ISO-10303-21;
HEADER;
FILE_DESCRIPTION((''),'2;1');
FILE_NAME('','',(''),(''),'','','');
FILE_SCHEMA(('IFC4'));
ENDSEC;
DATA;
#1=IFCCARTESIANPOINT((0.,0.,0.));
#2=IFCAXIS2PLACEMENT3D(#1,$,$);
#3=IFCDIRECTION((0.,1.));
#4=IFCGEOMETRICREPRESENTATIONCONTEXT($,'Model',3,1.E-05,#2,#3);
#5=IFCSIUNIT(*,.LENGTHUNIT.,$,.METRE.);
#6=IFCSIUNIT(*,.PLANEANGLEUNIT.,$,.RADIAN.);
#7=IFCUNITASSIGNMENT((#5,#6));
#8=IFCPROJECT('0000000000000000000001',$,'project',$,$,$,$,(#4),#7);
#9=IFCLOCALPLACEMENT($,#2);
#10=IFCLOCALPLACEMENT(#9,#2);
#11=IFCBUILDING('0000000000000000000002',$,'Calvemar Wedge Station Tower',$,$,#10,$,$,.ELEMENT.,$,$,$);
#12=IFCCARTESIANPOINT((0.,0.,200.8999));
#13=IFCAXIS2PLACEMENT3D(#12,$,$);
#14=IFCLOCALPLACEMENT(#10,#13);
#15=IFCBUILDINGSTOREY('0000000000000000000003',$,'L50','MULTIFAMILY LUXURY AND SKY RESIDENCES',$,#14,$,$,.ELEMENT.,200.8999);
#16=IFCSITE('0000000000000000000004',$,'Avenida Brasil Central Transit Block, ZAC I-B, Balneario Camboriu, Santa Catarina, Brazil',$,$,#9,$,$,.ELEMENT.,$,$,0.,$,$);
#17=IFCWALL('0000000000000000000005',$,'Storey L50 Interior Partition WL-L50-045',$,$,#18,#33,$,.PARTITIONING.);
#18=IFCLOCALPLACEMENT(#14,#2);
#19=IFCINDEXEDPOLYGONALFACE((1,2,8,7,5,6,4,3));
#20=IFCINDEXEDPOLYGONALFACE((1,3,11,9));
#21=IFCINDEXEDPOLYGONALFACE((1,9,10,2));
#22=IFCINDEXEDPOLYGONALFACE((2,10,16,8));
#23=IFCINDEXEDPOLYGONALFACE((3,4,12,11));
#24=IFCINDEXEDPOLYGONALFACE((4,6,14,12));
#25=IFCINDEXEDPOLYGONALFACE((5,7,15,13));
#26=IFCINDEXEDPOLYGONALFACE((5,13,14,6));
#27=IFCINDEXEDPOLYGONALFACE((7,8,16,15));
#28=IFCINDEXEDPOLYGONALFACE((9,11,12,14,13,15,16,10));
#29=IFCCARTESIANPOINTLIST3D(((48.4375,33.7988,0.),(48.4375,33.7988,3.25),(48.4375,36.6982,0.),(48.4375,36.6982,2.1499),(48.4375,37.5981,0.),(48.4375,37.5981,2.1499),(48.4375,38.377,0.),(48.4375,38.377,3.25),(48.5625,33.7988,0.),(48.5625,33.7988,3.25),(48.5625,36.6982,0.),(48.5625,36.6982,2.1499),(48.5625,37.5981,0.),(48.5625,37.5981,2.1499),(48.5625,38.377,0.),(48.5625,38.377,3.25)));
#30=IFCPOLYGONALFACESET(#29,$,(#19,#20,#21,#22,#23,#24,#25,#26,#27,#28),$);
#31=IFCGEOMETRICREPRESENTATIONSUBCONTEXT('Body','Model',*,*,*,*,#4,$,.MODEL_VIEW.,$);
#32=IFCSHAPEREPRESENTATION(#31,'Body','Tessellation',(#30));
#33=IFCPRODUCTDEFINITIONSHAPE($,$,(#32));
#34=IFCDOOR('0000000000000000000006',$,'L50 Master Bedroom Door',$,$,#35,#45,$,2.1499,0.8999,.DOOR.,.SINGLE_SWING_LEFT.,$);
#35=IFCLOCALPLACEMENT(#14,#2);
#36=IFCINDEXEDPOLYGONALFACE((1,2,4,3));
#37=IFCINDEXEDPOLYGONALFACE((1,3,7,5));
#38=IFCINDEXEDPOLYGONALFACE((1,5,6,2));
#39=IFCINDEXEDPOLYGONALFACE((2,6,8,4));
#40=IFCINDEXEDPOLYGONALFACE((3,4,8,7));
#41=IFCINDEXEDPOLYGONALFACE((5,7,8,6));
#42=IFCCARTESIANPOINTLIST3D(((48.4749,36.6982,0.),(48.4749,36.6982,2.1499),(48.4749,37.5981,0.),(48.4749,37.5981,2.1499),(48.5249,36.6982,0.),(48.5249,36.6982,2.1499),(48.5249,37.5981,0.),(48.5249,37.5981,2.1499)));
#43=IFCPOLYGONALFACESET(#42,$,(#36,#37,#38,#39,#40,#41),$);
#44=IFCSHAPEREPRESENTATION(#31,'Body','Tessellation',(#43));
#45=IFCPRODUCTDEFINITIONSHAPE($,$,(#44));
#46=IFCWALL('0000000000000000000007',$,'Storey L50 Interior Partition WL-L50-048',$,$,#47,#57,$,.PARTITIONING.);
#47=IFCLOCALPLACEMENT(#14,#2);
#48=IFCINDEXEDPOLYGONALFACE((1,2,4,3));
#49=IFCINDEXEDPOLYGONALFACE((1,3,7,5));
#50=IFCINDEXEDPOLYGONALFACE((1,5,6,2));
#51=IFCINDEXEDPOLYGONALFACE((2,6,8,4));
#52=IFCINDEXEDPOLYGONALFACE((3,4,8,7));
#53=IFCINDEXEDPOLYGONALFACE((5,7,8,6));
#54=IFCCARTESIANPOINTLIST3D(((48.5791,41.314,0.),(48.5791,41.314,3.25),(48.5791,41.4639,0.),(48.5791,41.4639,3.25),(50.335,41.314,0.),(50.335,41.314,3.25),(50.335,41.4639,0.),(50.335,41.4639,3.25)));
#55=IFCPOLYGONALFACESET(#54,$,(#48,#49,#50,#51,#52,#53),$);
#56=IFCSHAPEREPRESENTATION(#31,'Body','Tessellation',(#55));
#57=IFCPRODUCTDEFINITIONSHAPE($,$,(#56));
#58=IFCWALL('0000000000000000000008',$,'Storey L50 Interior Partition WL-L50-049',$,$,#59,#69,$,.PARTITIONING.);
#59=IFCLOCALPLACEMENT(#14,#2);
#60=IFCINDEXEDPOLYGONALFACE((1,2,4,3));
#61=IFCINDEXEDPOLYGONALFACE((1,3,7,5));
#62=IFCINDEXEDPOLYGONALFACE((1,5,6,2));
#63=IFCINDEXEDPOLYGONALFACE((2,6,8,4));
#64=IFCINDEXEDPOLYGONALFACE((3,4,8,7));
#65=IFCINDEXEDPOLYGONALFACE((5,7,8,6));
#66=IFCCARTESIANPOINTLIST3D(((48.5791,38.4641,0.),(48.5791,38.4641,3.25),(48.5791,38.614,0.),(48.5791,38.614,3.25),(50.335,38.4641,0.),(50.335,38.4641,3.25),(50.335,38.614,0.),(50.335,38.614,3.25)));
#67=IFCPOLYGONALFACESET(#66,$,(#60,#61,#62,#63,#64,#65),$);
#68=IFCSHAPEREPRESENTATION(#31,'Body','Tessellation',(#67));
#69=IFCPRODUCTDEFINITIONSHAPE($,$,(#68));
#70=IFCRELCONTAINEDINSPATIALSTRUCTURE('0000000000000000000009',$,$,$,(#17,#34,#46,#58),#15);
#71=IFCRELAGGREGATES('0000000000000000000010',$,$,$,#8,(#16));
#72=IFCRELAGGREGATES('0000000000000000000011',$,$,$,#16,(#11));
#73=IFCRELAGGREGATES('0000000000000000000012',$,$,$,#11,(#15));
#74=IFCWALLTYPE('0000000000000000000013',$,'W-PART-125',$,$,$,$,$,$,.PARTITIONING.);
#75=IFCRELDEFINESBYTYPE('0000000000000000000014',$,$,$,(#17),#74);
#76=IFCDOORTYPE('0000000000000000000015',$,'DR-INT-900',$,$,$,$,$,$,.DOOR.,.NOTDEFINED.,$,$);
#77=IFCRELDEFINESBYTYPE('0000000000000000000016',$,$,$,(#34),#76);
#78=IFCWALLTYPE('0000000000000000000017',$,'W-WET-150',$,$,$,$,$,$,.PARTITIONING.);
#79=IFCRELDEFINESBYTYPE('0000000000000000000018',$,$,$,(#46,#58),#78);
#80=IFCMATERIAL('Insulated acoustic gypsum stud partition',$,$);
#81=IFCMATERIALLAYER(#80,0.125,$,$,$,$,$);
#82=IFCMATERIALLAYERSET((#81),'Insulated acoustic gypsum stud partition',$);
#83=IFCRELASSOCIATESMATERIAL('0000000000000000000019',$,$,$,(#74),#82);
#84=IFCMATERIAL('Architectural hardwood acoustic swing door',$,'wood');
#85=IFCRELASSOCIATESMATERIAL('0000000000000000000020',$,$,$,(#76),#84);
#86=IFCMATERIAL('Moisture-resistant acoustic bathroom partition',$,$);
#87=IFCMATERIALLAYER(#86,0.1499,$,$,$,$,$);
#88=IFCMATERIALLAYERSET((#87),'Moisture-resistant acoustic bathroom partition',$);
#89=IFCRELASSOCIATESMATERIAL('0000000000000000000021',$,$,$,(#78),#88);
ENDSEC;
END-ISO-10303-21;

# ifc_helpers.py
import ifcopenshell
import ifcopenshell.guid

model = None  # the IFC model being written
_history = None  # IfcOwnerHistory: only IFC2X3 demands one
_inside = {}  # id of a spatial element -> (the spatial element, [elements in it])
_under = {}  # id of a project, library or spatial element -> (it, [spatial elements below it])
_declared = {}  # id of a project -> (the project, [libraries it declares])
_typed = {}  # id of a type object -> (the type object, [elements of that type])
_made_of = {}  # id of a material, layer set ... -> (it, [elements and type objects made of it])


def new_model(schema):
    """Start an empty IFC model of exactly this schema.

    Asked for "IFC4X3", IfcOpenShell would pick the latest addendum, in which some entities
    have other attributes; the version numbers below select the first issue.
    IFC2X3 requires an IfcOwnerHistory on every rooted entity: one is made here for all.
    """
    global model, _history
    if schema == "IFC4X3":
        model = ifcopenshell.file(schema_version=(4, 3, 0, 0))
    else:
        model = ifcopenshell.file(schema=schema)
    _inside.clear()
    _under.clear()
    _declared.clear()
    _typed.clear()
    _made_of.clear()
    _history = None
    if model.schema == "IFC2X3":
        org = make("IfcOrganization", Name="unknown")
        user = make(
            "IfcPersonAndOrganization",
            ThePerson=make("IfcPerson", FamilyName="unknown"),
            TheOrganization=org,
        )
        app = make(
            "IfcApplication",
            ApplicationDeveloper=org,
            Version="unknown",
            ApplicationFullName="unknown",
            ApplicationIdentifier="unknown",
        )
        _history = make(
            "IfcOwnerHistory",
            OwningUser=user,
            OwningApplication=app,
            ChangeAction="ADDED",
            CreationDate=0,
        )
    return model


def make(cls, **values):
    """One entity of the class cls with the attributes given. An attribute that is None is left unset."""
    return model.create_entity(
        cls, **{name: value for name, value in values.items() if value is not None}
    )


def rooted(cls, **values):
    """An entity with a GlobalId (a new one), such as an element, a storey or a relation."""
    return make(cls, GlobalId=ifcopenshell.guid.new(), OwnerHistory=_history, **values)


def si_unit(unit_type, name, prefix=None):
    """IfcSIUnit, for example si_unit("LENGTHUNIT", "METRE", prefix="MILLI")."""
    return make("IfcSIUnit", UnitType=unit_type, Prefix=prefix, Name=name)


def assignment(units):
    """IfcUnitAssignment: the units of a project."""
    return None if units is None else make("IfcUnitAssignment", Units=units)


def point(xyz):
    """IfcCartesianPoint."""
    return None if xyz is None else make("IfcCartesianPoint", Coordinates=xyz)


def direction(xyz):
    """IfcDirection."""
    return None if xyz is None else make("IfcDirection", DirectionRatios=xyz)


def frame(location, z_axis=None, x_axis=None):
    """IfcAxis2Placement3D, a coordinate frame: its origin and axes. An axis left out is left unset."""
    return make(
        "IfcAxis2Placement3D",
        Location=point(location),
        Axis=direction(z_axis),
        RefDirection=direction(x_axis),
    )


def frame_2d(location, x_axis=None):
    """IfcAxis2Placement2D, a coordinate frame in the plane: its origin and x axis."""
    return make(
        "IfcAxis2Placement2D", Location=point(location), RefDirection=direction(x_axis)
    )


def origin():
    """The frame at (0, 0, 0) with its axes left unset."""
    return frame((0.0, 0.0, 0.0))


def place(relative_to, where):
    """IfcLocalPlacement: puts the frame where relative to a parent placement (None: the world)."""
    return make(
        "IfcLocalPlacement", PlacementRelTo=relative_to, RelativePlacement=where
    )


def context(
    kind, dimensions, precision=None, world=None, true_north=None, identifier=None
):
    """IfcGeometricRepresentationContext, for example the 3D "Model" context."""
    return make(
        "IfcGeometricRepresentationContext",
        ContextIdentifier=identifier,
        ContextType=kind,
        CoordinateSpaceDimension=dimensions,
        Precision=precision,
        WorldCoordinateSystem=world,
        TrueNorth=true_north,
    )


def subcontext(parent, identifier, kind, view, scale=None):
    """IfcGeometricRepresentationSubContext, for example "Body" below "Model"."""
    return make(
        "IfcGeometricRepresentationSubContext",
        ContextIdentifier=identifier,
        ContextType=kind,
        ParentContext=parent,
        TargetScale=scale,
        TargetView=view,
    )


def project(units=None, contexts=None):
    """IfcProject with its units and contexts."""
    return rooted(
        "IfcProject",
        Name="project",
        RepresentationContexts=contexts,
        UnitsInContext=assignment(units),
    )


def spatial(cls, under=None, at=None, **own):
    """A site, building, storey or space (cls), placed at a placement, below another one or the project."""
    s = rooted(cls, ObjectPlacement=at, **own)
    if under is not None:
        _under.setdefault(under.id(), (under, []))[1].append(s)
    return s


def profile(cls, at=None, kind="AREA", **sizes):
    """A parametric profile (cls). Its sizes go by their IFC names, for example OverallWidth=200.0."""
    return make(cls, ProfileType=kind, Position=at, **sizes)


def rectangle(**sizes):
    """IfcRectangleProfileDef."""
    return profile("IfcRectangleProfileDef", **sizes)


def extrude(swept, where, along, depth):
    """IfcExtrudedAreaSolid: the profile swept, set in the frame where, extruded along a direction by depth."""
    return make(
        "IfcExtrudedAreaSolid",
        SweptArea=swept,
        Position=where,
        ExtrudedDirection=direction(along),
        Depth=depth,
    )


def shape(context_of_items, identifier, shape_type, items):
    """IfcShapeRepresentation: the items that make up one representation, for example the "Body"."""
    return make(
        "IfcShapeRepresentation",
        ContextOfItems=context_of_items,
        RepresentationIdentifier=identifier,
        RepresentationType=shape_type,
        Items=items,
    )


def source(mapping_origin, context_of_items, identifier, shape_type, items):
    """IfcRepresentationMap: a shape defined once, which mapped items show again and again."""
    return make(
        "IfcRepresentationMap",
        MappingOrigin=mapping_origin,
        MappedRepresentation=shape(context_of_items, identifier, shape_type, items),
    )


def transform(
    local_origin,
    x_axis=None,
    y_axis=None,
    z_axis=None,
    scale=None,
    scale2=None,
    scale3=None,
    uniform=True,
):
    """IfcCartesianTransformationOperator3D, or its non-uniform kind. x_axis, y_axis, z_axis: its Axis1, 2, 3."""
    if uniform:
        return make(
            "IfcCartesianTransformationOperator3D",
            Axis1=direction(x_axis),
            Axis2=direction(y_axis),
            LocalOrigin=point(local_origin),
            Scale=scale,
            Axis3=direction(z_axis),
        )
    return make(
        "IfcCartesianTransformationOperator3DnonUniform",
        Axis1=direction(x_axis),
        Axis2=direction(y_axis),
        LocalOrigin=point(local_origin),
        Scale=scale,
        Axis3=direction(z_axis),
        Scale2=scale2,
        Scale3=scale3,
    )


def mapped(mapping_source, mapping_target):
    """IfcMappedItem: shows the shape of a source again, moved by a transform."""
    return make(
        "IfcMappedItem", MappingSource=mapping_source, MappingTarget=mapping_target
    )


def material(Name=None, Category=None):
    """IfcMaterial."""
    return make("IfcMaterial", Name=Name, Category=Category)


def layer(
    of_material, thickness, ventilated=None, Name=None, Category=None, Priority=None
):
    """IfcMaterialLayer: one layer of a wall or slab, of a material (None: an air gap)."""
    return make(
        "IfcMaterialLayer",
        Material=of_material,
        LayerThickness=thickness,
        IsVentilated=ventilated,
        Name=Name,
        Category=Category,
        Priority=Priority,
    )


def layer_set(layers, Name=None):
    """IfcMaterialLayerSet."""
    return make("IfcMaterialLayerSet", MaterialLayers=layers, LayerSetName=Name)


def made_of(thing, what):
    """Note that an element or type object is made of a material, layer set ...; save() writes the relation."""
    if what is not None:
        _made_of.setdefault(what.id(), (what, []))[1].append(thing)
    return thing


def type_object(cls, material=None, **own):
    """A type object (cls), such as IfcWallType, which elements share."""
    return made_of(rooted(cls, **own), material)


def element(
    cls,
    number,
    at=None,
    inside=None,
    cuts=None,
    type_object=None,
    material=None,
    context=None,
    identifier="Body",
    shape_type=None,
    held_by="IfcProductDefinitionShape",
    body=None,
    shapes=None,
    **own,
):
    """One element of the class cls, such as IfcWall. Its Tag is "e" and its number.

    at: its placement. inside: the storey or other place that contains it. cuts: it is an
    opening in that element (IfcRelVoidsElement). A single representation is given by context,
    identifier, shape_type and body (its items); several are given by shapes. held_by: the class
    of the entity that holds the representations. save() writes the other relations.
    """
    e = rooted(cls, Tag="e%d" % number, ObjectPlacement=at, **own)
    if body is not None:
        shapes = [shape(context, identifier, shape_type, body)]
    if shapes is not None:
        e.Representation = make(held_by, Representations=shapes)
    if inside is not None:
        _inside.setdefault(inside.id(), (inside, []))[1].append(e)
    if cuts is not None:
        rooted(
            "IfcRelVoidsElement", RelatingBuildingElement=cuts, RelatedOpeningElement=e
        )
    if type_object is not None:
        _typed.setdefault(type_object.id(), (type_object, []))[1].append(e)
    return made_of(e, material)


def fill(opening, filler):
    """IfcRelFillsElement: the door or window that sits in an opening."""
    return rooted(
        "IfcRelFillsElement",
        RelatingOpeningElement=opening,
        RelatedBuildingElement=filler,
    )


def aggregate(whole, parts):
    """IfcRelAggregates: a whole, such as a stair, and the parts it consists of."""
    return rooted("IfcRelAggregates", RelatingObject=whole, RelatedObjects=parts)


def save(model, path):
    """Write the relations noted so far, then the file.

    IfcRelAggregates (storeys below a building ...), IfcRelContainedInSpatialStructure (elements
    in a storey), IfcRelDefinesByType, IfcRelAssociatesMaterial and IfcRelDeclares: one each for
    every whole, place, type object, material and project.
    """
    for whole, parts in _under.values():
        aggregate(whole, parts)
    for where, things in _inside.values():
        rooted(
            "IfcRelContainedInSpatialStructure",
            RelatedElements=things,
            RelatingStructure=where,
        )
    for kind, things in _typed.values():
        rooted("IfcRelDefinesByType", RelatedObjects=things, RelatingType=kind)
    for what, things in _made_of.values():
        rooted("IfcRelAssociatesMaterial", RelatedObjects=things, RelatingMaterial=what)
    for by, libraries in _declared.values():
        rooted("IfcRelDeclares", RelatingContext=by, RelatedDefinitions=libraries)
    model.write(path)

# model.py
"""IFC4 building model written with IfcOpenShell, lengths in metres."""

from ifc_helpers import new_model, si_unit, direction, frame, frame_2d, origin, place, context, subcontext, project, spatial, rectangle, extrude, source, transform, mapped, material, layer, layer_set, type_object, element, fill, save


model = new_model("IFC4")

# Units and contexts
model_context = context("Model", 3, precision=1e-05, world=origin(), true_north=direction((0.0, 1.0)))
body_context = subcontext(model_context, "Body", "Model", "MODEL_VIEW")
ifc_project = project(units=[si_unit("LENGTHUNIT", "METRE"), si_unit("PLANEANGLEUNIT", "RADIAN")], contexts=[model_context])

# Site, building, storey
site_placement = place(None, origin())
site = spatial("IfcSite", under=ifc_project, at=site_placement, Name="Avenida Brasil Central Transit Block, ZAC I-B, Balneario Camboriu, Santa Catarina, Brazil", CompositionType="ELEMENT", RefElevation=0.0)
building_placement = place(site_placement, origin())
building = spatial("IfcBuilding", under=site, at=building_placement, Name="Calvemar Wedge Station Tower", CompositionType="ELEMENT")
storey_placement = place(building_placement, frame((0.0, 0.0, 200.8999)))
storey = spatial("IfcBuildingStorey", under=building, at=storey_placement, Name="L50", Description="MULTIFAMILY LUXURY AND SKY RESIDENCES", CompositionType="ELEMENT", Elevation=200.8999)

# Shared definitions
ifc_material_1 = material(Name="Insulated acoustic gypsum stud partition")
ifc_layer_1 = layer(ifc_material_1, 0.125)
ifc_layer_set_1 = layer_set([ifc_layer_1], Name="Insulated acoustic gypsum stud partition")
wall_type_1 = type_object("IfcWallType", Name="W-PART-125", PredefinedType="PARTITIONING", material=ifc_layer_set_1)

# Wall, opening, door
shared_shape_1 = source(origin(), body_context, "Body", "SweptSolid", [
    extrude(rectangle(XDim=0.8999, YDim=2.1499, at=frame_2d((0.45, 1.075))), frame((0.0, 0.0725, 0.0), z_axis=(0.0, -1.0, 0.0), x_axis=(1.0, 0.0, 0.0)), (0.0, 0.0, 1.0), 0.145),
])
ifc_material_2 = material(Name="Architectural hardwood acoustic swing door", Category="wood")
door_type_1 = type_object("IfcDoorType", Name="DR-INT-900", OperationType="NOTDEFINED", PredefinedType="DOOR", material=ifc_material_2)
shared_shape_2 = source(origin(), body_context, "Body", "SweptSolid", [
    extrude(rectangle(XDim=0.8999, YDim=2.1499, at=frame_2d((0.45, 1.075))), frame((0.0, 0.0249, 0.0), z_axis=(0.0, -1.0, 0.0), x_axis=(1.0, 0.0, 0.0)), (0.0, 0.0, 1.0), 0.05),
])
wall_1_placement = place(storey_placement, frame((48.5, 38.377, 0.0), z_axis=(0.0, 0.0, 1.0), x_axis=(0.0, -1.0, 0.0)))
wall_1 = element("IfcWall", 1, at=wall_1_placement, inside=storey, type_object=wall_type_1, Name="Storey L50 Interior Partition WL-L50-045", PredefinedType="PARTITIONING", context=body_context, shape_type="SweptSolid", body=[
    extrude(rectangle(XDim=4.5781, YDim=0.125, at=frame_2d((2.2891, 0.0))), origin(), (0.0, 0.0, 1.0), 3.25),
])
opening_1_placement = place(wall_1_placement, frame((0.7788, 0.0, 0.0)))
opening_1 = element("IfcOpeningElement", 2, at=opening_1_placement, cuts=wall_1, PredefinedType="OPENING", context=body_context, shape_type="MappedRepresentation", body=[
    mapped(shared_shape_1, transform((0.0, 0.0, 0.0), scale=1.0)),
])
door_1_placement = place(opening_1_placement, origin())
door_1 = element("IfcDoor", 3, at=door_1_placement, inside=storey, type_object=door_type_1, Name="L50 Master Bedroom Door", OperationType="SINGLE_SWING_LEFT", OverallHeight=2.1499, OverallWidth=0.8999, PredefinedType="DOOR", context=body_context, shape_type="MappedRepresentation", body=[
    mapped(shared_shape_2, transform((0.0, 0.0, 0.0), scale=1.0)),
])
fill(opening_1, door_1)
ifc_material_3 = material(Name="Moisture-resistant acoustic bathroom partition")
ifc_layer_2 = layer(ifc_material_3, 0.1499)
ifc_layer_set_2 = layer_set([ifc_layer_2], Name="Moisture-resistant acoustic bathroom partition")
wall_type_2 = type_object("IfcWallType", Name="W-WET-150", PredefinedType="PARTITIONING", material=ifc_layer_set_2)

# Walls
for number, where, z_axis, x_axis, name in (
    (4, (48.5791, 41.3889, 0.0), (0.0, 0.0, 1.0), (1.0, 0.0, 0.0), "Storey L50 Interior Partition WL-L50-048"),
    (5, (50.335, 38.5391, 0.0), (0.0, 0.0, 1.0), (-1.0, 0.0, 0.0), "Storey L50 Interior Partition WL-L50-049"),
):
    element("IfcWall", number, at=place(storey_placement, frame(where, z_axis=z_axis, x_axis=x_axis)), inside=storey, type_object=wall_type_2, Name=name, PredefinedType="PARTITIONING", context=body_context, shape_type="SweptSolid", body=[
        extrude(rectangle(XDim=1.7559, YDim=0.1499, at=frame_2d((0.8779, 0.0))), origin(), (0.0, 0.0, 1.0), 3.25),
    ])

save(model, "model.ifc")
